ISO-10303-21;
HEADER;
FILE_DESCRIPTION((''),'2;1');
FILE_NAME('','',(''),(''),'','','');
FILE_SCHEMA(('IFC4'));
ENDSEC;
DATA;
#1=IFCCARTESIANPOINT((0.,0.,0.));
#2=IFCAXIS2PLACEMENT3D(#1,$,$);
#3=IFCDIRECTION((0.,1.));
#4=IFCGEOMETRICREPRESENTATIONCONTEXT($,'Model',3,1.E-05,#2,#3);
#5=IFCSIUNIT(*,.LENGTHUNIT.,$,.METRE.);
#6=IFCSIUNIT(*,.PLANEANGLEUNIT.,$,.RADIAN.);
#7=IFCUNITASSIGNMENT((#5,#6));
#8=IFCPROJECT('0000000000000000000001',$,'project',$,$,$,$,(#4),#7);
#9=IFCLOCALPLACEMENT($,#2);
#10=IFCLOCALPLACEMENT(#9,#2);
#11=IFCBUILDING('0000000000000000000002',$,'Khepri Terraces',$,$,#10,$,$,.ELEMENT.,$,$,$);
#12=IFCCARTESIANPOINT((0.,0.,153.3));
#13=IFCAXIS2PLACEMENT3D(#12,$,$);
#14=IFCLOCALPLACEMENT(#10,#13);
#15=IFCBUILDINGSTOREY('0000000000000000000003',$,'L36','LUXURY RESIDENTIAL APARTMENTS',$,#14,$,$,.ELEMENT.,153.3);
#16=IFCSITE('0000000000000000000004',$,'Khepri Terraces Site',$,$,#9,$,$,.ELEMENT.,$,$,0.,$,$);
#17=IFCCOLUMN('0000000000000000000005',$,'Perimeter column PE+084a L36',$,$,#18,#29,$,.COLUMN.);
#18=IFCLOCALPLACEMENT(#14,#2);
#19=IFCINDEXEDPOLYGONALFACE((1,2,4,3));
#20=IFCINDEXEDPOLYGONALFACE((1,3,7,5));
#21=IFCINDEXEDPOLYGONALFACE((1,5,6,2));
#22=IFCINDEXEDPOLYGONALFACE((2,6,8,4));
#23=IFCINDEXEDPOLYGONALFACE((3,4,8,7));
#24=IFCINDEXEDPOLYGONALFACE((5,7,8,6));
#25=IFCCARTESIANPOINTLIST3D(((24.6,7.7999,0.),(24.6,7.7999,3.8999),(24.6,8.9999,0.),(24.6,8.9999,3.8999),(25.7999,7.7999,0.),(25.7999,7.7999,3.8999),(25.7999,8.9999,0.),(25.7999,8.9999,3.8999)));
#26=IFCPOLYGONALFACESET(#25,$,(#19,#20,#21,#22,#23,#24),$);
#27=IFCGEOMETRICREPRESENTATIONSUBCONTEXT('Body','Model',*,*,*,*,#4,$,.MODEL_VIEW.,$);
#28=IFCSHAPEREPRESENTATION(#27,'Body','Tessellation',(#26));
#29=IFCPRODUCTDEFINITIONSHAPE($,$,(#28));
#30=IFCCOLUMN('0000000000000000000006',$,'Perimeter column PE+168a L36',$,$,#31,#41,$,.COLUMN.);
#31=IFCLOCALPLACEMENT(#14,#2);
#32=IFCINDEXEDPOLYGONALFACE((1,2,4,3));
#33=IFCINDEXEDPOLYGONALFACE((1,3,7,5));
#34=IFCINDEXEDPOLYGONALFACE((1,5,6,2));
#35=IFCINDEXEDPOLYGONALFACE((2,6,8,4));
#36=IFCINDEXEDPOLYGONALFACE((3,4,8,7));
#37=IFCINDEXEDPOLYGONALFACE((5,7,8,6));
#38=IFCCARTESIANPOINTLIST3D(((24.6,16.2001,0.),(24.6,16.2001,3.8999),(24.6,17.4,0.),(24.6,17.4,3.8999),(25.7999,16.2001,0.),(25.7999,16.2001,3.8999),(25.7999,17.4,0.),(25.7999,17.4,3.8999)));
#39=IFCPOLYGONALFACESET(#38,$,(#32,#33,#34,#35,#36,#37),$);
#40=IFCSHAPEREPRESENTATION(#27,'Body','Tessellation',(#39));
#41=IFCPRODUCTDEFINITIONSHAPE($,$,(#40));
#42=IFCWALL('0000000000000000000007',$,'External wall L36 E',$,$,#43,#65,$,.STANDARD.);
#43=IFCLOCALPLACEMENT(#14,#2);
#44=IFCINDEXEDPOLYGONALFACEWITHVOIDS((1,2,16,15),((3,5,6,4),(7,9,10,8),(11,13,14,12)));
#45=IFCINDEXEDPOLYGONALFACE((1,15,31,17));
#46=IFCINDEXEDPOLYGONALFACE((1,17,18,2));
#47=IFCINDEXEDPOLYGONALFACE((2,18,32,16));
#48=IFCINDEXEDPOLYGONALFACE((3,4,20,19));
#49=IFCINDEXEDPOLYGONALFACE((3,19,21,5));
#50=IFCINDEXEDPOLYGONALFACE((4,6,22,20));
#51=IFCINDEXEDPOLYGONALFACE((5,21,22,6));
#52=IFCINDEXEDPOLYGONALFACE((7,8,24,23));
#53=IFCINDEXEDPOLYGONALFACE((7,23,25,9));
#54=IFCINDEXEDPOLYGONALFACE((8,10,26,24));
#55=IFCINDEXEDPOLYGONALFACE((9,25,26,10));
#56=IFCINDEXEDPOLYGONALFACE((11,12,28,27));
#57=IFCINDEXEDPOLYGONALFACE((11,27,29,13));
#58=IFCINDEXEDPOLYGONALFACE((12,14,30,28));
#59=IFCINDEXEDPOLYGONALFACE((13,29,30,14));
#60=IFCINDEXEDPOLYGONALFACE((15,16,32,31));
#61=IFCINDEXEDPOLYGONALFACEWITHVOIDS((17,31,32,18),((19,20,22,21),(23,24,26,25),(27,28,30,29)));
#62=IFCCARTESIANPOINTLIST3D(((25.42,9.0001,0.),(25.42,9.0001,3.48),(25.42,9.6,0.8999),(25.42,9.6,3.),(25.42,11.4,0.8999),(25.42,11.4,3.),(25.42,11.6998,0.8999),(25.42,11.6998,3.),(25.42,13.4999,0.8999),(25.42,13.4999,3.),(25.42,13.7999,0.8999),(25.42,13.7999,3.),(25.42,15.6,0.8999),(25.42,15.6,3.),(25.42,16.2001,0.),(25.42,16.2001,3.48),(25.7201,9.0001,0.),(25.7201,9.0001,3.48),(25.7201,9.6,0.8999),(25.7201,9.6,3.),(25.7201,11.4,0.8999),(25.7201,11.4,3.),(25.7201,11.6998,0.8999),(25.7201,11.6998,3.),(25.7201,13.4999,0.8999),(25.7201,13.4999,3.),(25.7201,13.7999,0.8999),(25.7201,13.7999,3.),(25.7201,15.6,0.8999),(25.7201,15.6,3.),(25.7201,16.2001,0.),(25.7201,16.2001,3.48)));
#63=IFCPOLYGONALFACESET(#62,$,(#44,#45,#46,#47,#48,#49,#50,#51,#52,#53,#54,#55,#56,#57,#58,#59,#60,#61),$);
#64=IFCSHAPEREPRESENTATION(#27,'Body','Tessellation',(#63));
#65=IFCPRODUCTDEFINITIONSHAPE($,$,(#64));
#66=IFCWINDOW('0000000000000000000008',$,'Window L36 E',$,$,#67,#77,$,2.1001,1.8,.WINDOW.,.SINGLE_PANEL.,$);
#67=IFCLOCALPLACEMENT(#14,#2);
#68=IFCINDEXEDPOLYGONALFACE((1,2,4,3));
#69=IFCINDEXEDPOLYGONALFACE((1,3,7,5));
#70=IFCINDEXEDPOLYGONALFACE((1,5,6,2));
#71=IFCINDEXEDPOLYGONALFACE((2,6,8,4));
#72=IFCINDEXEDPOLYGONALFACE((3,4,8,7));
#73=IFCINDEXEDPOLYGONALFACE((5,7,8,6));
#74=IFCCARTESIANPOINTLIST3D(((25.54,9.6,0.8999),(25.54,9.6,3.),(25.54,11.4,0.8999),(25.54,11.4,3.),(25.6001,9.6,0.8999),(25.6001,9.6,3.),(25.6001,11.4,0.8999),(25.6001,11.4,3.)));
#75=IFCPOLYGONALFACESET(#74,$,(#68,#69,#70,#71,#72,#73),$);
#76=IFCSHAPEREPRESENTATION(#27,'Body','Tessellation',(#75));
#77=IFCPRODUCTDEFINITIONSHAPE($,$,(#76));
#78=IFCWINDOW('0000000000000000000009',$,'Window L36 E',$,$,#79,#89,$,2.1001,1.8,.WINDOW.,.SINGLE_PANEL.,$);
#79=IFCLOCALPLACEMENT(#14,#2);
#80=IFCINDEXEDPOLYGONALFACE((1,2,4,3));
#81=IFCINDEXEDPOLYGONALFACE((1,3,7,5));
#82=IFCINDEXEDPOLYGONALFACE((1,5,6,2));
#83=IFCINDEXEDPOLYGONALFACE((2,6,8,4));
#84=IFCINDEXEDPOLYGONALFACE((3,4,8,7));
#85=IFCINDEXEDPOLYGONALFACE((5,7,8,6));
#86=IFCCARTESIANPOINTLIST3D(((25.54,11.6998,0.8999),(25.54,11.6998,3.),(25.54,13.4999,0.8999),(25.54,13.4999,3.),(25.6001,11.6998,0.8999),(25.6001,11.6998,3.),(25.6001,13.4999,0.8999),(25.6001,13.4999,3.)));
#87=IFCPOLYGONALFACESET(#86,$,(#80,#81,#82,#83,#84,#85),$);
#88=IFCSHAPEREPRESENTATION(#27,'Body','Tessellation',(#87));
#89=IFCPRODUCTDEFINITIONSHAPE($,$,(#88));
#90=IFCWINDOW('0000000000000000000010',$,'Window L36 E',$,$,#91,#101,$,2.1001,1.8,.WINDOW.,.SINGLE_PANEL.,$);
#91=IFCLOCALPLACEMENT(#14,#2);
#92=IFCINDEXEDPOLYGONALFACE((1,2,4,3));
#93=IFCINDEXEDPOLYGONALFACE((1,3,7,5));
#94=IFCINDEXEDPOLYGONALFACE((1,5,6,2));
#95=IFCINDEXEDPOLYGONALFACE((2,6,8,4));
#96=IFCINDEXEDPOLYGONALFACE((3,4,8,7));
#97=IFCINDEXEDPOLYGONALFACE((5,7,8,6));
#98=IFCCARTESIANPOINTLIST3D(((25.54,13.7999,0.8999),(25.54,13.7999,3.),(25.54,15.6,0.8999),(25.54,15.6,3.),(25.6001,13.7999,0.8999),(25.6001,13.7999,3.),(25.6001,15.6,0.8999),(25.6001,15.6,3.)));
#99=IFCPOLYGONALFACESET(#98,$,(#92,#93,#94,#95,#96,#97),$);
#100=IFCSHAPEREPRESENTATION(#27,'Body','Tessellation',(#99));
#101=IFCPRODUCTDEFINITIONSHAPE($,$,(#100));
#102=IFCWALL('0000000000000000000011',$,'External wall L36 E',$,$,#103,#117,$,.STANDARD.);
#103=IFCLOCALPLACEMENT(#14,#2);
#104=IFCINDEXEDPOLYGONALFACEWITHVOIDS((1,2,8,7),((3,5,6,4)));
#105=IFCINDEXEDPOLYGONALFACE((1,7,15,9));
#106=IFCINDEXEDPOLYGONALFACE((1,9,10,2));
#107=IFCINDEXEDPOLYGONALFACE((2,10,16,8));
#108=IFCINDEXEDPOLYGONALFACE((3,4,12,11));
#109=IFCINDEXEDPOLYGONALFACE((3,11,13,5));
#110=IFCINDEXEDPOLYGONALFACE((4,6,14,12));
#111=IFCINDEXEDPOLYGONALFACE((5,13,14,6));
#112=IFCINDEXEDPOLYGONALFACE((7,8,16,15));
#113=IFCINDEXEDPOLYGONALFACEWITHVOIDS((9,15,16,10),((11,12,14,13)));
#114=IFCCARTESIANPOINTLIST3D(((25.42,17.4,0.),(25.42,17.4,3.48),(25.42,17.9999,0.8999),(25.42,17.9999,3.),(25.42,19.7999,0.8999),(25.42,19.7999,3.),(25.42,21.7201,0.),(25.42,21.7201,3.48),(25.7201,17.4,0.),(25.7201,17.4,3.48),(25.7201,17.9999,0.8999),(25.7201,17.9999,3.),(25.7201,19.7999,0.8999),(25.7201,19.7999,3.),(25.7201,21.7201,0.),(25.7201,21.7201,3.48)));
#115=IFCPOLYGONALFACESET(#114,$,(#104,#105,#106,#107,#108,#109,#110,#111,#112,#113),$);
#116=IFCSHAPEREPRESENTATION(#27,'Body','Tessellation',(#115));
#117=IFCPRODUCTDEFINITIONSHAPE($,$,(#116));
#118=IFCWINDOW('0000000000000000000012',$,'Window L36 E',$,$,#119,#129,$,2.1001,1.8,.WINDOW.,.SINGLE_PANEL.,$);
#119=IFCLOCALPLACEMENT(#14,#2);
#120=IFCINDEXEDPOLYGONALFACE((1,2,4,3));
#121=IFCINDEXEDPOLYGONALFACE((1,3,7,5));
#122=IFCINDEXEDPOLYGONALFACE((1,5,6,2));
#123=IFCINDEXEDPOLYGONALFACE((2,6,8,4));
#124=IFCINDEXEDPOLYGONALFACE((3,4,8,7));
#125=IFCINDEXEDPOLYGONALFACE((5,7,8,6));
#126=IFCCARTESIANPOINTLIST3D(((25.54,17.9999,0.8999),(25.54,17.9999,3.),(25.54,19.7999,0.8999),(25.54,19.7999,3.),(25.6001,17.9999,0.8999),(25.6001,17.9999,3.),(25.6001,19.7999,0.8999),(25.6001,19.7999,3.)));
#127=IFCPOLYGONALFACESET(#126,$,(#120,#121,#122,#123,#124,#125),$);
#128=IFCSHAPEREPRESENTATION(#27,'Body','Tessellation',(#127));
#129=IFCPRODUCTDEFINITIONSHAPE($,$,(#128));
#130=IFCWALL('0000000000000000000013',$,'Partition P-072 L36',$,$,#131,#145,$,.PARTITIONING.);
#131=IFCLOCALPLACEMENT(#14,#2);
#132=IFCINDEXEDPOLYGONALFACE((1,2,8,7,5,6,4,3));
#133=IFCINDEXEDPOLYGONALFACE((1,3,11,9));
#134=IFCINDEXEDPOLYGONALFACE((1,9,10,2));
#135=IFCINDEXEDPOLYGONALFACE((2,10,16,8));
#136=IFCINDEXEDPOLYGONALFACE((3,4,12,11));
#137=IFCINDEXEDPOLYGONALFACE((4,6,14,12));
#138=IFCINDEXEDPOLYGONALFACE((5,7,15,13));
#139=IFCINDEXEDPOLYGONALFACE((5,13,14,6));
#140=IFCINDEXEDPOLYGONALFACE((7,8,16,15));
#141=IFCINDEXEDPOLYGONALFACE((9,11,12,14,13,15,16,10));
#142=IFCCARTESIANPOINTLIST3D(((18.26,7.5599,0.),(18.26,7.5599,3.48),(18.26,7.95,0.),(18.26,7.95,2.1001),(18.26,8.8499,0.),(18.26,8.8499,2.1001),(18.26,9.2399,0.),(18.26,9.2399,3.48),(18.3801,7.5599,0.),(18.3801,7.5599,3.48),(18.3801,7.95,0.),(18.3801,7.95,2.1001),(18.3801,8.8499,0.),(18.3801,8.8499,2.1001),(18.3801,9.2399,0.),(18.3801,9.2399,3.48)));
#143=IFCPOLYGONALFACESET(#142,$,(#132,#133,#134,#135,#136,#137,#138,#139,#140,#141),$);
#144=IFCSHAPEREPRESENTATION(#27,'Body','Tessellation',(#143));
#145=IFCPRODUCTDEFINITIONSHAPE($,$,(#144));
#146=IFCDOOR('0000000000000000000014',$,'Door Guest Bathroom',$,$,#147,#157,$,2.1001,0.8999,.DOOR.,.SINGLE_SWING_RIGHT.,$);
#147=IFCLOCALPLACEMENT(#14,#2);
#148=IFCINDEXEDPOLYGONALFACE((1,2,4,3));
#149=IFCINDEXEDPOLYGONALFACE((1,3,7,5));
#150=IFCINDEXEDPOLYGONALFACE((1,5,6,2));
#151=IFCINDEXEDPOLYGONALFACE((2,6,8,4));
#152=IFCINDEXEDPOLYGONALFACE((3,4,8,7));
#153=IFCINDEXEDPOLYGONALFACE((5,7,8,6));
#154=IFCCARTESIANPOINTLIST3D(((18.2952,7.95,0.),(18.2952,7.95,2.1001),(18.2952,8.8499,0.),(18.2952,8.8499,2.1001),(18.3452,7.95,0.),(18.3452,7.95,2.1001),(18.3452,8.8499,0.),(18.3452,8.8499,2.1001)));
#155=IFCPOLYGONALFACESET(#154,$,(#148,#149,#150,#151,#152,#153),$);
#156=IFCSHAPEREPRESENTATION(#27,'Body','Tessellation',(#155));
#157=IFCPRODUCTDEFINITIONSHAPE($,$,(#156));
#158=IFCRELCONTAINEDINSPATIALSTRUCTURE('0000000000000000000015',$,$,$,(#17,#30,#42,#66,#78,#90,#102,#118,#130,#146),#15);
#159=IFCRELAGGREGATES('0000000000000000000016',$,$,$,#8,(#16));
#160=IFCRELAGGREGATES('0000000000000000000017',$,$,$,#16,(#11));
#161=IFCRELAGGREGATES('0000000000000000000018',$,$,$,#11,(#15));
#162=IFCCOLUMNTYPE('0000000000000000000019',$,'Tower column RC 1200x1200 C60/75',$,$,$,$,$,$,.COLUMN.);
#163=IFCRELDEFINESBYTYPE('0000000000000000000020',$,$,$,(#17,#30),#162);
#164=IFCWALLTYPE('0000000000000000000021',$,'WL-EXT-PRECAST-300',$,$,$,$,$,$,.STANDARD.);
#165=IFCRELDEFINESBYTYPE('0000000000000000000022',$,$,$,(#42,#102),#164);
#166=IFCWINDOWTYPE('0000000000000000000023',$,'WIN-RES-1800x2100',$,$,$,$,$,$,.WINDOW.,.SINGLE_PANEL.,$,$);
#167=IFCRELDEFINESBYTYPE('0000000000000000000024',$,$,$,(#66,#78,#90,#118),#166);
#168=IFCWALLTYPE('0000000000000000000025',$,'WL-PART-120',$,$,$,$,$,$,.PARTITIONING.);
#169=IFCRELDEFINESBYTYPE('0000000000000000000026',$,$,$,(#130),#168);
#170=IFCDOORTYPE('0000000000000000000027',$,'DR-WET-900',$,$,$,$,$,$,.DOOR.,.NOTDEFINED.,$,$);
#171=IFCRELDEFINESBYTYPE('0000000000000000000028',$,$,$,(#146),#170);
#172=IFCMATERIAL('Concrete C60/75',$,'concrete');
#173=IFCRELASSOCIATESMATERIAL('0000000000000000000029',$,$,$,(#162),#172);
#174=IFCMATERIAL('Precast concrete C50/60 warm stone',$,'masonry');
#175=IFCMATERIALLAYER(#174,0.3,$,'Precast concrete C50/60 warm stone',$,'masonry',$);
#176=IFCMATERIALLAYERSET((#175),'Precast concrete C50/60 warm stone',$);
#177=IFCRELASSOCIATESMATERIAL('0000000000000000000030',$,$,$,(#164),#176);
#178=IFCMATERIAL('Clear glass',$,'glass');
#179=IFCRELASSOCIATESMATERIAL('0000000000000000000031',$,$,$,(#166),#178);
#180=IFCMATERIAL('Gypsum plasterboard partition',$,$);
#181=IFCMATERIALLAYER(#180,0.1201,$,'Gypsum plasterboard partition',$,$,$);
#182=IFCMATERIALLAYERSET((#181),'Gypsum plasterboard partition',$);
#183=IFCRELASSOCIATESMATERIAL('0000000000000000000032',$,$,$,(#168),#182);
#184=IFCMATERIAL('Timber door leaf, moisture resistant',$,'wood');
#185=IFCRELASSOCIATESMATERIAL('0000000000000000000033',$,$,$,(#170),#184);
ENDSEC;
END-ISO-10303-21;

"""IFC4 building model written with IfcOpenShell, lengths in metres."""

from ifc_helpers import new_model, si_unit, direction, frame, frame_2d, origin, origin_2d, place, context, subcontext, project, spatial, rectangle, extrude, material, layer, layer_set, material_profile, profile_set, type_object, element, fill, save


model = new_model("IFC4")

# Units and contexts
model_context = context("Model", 3, precision=1e-05, world=origin(), true_north=direction((0.0, 1.0)))
body_context = subcontext(model_context, "Body", "Model", "MODEL_VIEW")
ifc_project = project(units=[si_unit("LENGTHUNIT", "METRE"), si_unit("PLANEANGLEUNIT", "RADIAN")], contexts=[model_context])

# Site, building, storey
site_placement = place(None, origin())
site = spatial("IfcSite", under=ifc_project, at=site_placement, Name="Khepri Terraces Site", CompositionType="ELEMENT", RefElevation=0.0)
building_placement = place(site_placement, origin())
building = spatial("IfcBuilding", under=site, at=building_placement, Name="Khepri Terraces", CompositionType="ELEMENT")
storey_placement = place(building_placement, frame((0.0, 0.0, 153.3)))
storey = spatial("IfcBuildingStorey", under=building, at=storey_placement, Name="L36", Description="LUXURY RESIDENTIAL APARTMENTS", CompositionType="ELEMENT", Elevation=153.3)

# Columns
ifc_material_1 = material(Name="Concrete C60/75", Category="concrete")
ifc_material_profile = material_profile(ifc_material_1, rectangle(XDim=1.2, YDim=1.2, at=origin_2d()), Name="Concrete C60/75", Category="concrete")
ifc_profile_set = profile_set([ifc_material_profile], Name="Concrete C60/75")
column_type = type_object("IfcColumnType", Name="Tower column RC 1200x1200 C60/75", PredefinedType="COLUMN", material=ifc_profile_set)
for number, where, z_axis, x_axis, name in (
    (1, (25.2, 8.3999, 0.0), (0.0, 0.0, 1.0), (1.0, 0.0, 0.0), "Perimeter column PE+084a L36"),
    (2, (25.2, 16.8, 0.0), (0.0, 0.0, 1.0), (1.0, 0.0, 0.0), "Perimeter column PE+168a L36"),
):
    element("IfcColumn", number, at=place(storey_placement, frame(where, z_axis=z_axis, x_axis=x_axis)), inside=storey, type_object=column_type, Name=name, PredefinedType="COLUMN", context=body_context, shape_type="SweptSolid", body=[
        extrude(rectangle(XDim=1.2, YDim=1.2, at=origin_2d()), origin(), (0.0, 0.0, 1.0), 3.8999),
    ])

# Wall, openings, windows
ifc_material_2 = material(Name="Precast concrete C50/60 warm stone", Category="masonry")
ifc_layer_1 = layer(ifc_material_2, 0.3, Name="Precast concrete C50/60 warm stone", Category="masonry")
ifc_layer_set_1 = layer_set([ifc_layer_1], Name="Precast concrete C50/60 warm stone")
wall_type_1 = type_object("IfcWallType", Name="WL-EXT-PRECAST-300", PredefinedType="STANDARD", material=ifc_layer_set_1)
wall_1_placement = place(storey_placement, frame((25.5701, 9.0, 0.0), z_axis=(0.0, 0.0, 1.0), x_axis=(0.0, 1.0, 0.0)))
wall_1 = element("IfcWall", 3, at=wall_1_placement, inside=storey, type_object=wall_type_1, Name="External wall L36 E", PredefinedType="STANDARD", context=body_context, shape_type="SweptSolid", body=[
    extrude(rectangle(XDim=7.2, YDim=0.3, at=frame_2d((3.6001, 0.0))), origin(), (0.0, 0.0, 1.0), 3.48),
])
opening_1_placement = place(wall_1_placement, frame((0.6001, 0.0, 0.8999)))
opening_1 = element("IfcOpeningElement", 4, at=opening_1_placement, cuts=wall_1, PredefinedType="OPENING", context=body_context, shape_type="SweptSolid", body=[
    extrude(rectangle(XDim=1.8, YDim=2.1001, at=frame_2d((0.8999, 1.05))), frame((0.0, 0.1602, 0.0), z_axis=(0.0, -1.0, 0.0), x_axis=(1.0, 0.0, 0.0)), (0.0, 0.0, 1.0), 0.3201),
])
opening_2_placement = place(wall_1_placement, frame((2.7, 0.0, 0.8999)))
opening_2 = element("IfcOpeningElement", 5, at=opening_2_placement, cuts=wall_1, PredefinedType="OPENING", context=body_context, shape_type="SweptSolid", body=[
    extrude(rectangle(XDim=1.8, YDim=2.1001, at=frame_2d((0.8999, 1.05))), frame((0.0, 0.1602, 0.0), z_axis=(0.0, -1.0, 0.0), x_axis=(1.0, 0.0, 0.0)), (0.0, 0.0, 1.0), 0.3201),
])
opening_3_placement = place(wall_1_placement, frame((4.8, 0.0, 0.8999)))
opening_3 = element("IfcOpeningElement", 6, at=opening_3_placement, cuts=wall_1, PredefinedType="OPENING", context=body_context, shape_type="SweptSolid", body=[
    extrude(rectangle(XDim=1.8, YDim=2.1001, at=frame_2d((0.8999, 1.05))), frame((0.0, 0.1602, 0.0), z_axis=(0.0, -1.0, 0.0), x_axis=(1.0, 0.0, 0.0)), (0.0, 0.0, 1.0), 0.3201),
])
ifc_material_3 = material(Name="Clear glass", Category="glass")
window_type = type_object("IfcWindowType", Name="WIN-RES-1800x2100", PartitioningType="SINGLE_PANEL", PredefinedType="WINDOW", material=ifc_material_3)
window_1_placement = place(opening_1_placement, origin())
window_1 = element("IfcWindow", 7, at=window_1_placement, inside=storey, type_object=window_type, Name="Window L36 E", OverallHeight=2.1001, OverallWidth=1.8, PartitioningType="SINGLE_PANEL", PredefinedType="WINDOW", context=body_context, shape_type="SweptSolid", body=[
    extrude(rectangle(XDim=1.8, YDim=2.1001, at=frame_2d((0.8999, 1.05))), frame((0.0, 0.03, 0.0), z_axis=(0.0, -1.0, 0.0), x_axis=(1.0, 0.0, 0.0)), (0.0, 0.0, 1.0), 0.0601),
])
fill(opening_1, window_1)
window_2_placement = place(opening_2_placement, origin())
window_2 = element("IfcWindow", 8, at=window_2_placement, inside=storey, type_object=window_type, Name="Window L36 E", OverallHeight=2.1001, OverallWidth=1.8, PartitioningType="SINGLE_PANEL", PredefinedType="WINDOW", context=body_context, shape_type="SweptSolid", body=[
    extrude(rectangle(XDim=1.8, YDim=2.1001, at=frame_2d((0.8999, 1.05))), frame((0.0, 0.03, 0.0), z_axis=(0.0, -1.0, 0.0), x_axis=(1.0, 0.0, 0.0)), (0.0, 0.0, 1.0), 0.0601),
])
fill(opening_2, window_2)
window_3_placement = place(opening_3_placement, origin())
window_3 = element("IfcWindow", 9, at=window_3_placement, inside=storey, type_object=window_type, Name="Window L36 E", OverallHeight=2.1001, OverallWidth=1.8, PartitioningType="SINGLE_PANEL", PredefinedType="WINDOW", context=body_context, shape_type="SweptSolid", body=[
    extrude(rectangle(XDim=1.8, YDim=2.1001, at=frame_2d((0.8999, 1.05))), frame((0.0, 0.03, 0.0), z_axis=(0.0, -1.0, 0.0), x_axis=(1.0, 0.0, 0.0)), (0.0, 0.0, 1.0), 0.0601),
])
fill(opening_3, window_3)

# Wall, opening, window
wall_2_placement = place(storey_placement, frame((25.5701, 17.3999, 0.0), z_axis=(0.0, 0.0, 1.0), x_axis=(0.0, 1.0, 0.0)))
wall_2 = element("IfcWall", 10, at=wall_2_placement, inside=storey, type_object=wall_type_1, Name="External wall L36 E", PredefinedType="STANDARD", context=body_context, shape_type="SweptSolid", body=[
    extrude(rectangle(XDim=4.3201, YDim=0.3, at=frame_2d((2.1602, 0.0))), origin(), (0.0, 0.0, 1.0), 3.48),
])
opening_4_placement = place(wall_2_placement, frame((0.6001, 0.0, 0.8999)))
opening_4 = element("IfcOpeningElement", 11, at=opening_4_placement, cuts=wall_2, PredefinedType="OPENING", context=body_context, shape_type="SweptSolid", body=[
    extrude(rectangle(XDim=1.8, YDim=2.1001, at=frame_2d((0.8999, 1.05))), frame((0.0, 0.1602, 0.0), z_axis=(0.0, -1.0, 0.0), x_axis=(1.0, 0.0, 0.0)), (0.0, 0.0, 1.0), 0.3201),
])
window_4_placement = place(opening_4_placement, origin())
window_4 = element("IfcWindow", 12, at=window_4_placement, inside=storey, type_object=window_type, Name="Window L36 E", OverallHeight=2.1001, OverallWidth=1.8, PartitioningType="SINGLE_PANEL", PredefinedType="WINDOW", context=body_context, shape_type="SweptSolid", body=[
    extrude(rectangle(XDim=1.8, YDim=2.1001, at=frame_2d((0.8999, 1.05))), frame((0.0, 0.03, 0.0), z_axis=(0.0, -1.0, 0.0), x_axis=(1.0, 0.0, 0.0)), (0.0, 0.0, 1.0), 0.0601),
])
fill(opening_4, window_4)

# Wall, opening, door
ifc_material_4 = material(Name="Gypsum plasterboard partition")
ifc_layer_2 = layer(ifc_material_4, 0.1201, Name="Gypsum plasterboard partition")
ifc_layer_set_2 = layer_set([ifc_layer_2], Name="Gypsum plasterboard partition")
wall_type_2 = type_object("IfcWallType", Name="WL-PART-120", PredefinedType="PARTITIONING", material=ifc_layer_set_2)
wall_3_placement = place(storey_placement, frame((18.3201, 7.5601, 0.0), z_axis=(0.0, 0.0, 1.0), x_axis=(0.0, 1.0, 0.0)))
wall_3 = element("IfcWall", 13, at=wall_3_placement, inside=storey, type_object=wall_type_2, Name="Partition P-072 L36", PredefinedType="PARTITIONING", context=body_context, shape_type="SweptSolid", body=[
    extrude(rectangle(XDim=1.6799, YDim=0.1201, at=frame_2d((0.8398, 0.0))), origin(), (0.0, 0.0, 1.0), 3.48),
])
opening_5_placement = place(wall_3_placement, frame((0.3899, 0.0, 0.0)))
opening_5 = element("IfcOpeningElement", 14, at=opening_5_placement, cuts=wall_3, PredefinedType="OPENING", context=body_context, shape_type="SweptSolid", body=[
    extrude(rectangle(XDim=0.8999, YDim=2.1001, at=frame_2d((0.45, 1.05))), frame((0.0, 0.0701, 0.0), z_axis=(0.0, -1.0, 0.0), x_axis=(1.0, 0.0, 0.0)), (0.0, 0.0, 1.0), 0.1401),
])
ifc_material_5 = material(Name="Timber door leaf, moisture resistant", Category="wood")
door_type_1 = type_object("IfcDoorType", Name="DR-WET-900", OperationType="NOTDEFINED", PredefinedType="DOOR", material=ifc_material_5)
door_1_placement = place(opening_5_placement, origin())
door_1 = element("IfcDoor", 15, at=door_1_placement, inside=storey, type_object=door_type_1, Name="Door Guest Bathroom", OperationType="SINGLE_SWING_RIGHT", OverallHeight=2.1001, OverallWidth=0.8999, PredefinedType="DOOR", context=body_context, shape_type="SweptSolid", body=[
    extrude(rectangle(XDim=0.8999, YDim=2.1001, at=frame_2d((0.45, 1.05))), frame((0.0, 0.0249, 0.0), z_axis=(0.0, -1.0, 0.0), x_axis=(1.0, 0.0, 0.0)), (0.0, 0.0, 1.0), 0.05),
])
fill(opening_5, door_1)

save(model, "model.ifc")
